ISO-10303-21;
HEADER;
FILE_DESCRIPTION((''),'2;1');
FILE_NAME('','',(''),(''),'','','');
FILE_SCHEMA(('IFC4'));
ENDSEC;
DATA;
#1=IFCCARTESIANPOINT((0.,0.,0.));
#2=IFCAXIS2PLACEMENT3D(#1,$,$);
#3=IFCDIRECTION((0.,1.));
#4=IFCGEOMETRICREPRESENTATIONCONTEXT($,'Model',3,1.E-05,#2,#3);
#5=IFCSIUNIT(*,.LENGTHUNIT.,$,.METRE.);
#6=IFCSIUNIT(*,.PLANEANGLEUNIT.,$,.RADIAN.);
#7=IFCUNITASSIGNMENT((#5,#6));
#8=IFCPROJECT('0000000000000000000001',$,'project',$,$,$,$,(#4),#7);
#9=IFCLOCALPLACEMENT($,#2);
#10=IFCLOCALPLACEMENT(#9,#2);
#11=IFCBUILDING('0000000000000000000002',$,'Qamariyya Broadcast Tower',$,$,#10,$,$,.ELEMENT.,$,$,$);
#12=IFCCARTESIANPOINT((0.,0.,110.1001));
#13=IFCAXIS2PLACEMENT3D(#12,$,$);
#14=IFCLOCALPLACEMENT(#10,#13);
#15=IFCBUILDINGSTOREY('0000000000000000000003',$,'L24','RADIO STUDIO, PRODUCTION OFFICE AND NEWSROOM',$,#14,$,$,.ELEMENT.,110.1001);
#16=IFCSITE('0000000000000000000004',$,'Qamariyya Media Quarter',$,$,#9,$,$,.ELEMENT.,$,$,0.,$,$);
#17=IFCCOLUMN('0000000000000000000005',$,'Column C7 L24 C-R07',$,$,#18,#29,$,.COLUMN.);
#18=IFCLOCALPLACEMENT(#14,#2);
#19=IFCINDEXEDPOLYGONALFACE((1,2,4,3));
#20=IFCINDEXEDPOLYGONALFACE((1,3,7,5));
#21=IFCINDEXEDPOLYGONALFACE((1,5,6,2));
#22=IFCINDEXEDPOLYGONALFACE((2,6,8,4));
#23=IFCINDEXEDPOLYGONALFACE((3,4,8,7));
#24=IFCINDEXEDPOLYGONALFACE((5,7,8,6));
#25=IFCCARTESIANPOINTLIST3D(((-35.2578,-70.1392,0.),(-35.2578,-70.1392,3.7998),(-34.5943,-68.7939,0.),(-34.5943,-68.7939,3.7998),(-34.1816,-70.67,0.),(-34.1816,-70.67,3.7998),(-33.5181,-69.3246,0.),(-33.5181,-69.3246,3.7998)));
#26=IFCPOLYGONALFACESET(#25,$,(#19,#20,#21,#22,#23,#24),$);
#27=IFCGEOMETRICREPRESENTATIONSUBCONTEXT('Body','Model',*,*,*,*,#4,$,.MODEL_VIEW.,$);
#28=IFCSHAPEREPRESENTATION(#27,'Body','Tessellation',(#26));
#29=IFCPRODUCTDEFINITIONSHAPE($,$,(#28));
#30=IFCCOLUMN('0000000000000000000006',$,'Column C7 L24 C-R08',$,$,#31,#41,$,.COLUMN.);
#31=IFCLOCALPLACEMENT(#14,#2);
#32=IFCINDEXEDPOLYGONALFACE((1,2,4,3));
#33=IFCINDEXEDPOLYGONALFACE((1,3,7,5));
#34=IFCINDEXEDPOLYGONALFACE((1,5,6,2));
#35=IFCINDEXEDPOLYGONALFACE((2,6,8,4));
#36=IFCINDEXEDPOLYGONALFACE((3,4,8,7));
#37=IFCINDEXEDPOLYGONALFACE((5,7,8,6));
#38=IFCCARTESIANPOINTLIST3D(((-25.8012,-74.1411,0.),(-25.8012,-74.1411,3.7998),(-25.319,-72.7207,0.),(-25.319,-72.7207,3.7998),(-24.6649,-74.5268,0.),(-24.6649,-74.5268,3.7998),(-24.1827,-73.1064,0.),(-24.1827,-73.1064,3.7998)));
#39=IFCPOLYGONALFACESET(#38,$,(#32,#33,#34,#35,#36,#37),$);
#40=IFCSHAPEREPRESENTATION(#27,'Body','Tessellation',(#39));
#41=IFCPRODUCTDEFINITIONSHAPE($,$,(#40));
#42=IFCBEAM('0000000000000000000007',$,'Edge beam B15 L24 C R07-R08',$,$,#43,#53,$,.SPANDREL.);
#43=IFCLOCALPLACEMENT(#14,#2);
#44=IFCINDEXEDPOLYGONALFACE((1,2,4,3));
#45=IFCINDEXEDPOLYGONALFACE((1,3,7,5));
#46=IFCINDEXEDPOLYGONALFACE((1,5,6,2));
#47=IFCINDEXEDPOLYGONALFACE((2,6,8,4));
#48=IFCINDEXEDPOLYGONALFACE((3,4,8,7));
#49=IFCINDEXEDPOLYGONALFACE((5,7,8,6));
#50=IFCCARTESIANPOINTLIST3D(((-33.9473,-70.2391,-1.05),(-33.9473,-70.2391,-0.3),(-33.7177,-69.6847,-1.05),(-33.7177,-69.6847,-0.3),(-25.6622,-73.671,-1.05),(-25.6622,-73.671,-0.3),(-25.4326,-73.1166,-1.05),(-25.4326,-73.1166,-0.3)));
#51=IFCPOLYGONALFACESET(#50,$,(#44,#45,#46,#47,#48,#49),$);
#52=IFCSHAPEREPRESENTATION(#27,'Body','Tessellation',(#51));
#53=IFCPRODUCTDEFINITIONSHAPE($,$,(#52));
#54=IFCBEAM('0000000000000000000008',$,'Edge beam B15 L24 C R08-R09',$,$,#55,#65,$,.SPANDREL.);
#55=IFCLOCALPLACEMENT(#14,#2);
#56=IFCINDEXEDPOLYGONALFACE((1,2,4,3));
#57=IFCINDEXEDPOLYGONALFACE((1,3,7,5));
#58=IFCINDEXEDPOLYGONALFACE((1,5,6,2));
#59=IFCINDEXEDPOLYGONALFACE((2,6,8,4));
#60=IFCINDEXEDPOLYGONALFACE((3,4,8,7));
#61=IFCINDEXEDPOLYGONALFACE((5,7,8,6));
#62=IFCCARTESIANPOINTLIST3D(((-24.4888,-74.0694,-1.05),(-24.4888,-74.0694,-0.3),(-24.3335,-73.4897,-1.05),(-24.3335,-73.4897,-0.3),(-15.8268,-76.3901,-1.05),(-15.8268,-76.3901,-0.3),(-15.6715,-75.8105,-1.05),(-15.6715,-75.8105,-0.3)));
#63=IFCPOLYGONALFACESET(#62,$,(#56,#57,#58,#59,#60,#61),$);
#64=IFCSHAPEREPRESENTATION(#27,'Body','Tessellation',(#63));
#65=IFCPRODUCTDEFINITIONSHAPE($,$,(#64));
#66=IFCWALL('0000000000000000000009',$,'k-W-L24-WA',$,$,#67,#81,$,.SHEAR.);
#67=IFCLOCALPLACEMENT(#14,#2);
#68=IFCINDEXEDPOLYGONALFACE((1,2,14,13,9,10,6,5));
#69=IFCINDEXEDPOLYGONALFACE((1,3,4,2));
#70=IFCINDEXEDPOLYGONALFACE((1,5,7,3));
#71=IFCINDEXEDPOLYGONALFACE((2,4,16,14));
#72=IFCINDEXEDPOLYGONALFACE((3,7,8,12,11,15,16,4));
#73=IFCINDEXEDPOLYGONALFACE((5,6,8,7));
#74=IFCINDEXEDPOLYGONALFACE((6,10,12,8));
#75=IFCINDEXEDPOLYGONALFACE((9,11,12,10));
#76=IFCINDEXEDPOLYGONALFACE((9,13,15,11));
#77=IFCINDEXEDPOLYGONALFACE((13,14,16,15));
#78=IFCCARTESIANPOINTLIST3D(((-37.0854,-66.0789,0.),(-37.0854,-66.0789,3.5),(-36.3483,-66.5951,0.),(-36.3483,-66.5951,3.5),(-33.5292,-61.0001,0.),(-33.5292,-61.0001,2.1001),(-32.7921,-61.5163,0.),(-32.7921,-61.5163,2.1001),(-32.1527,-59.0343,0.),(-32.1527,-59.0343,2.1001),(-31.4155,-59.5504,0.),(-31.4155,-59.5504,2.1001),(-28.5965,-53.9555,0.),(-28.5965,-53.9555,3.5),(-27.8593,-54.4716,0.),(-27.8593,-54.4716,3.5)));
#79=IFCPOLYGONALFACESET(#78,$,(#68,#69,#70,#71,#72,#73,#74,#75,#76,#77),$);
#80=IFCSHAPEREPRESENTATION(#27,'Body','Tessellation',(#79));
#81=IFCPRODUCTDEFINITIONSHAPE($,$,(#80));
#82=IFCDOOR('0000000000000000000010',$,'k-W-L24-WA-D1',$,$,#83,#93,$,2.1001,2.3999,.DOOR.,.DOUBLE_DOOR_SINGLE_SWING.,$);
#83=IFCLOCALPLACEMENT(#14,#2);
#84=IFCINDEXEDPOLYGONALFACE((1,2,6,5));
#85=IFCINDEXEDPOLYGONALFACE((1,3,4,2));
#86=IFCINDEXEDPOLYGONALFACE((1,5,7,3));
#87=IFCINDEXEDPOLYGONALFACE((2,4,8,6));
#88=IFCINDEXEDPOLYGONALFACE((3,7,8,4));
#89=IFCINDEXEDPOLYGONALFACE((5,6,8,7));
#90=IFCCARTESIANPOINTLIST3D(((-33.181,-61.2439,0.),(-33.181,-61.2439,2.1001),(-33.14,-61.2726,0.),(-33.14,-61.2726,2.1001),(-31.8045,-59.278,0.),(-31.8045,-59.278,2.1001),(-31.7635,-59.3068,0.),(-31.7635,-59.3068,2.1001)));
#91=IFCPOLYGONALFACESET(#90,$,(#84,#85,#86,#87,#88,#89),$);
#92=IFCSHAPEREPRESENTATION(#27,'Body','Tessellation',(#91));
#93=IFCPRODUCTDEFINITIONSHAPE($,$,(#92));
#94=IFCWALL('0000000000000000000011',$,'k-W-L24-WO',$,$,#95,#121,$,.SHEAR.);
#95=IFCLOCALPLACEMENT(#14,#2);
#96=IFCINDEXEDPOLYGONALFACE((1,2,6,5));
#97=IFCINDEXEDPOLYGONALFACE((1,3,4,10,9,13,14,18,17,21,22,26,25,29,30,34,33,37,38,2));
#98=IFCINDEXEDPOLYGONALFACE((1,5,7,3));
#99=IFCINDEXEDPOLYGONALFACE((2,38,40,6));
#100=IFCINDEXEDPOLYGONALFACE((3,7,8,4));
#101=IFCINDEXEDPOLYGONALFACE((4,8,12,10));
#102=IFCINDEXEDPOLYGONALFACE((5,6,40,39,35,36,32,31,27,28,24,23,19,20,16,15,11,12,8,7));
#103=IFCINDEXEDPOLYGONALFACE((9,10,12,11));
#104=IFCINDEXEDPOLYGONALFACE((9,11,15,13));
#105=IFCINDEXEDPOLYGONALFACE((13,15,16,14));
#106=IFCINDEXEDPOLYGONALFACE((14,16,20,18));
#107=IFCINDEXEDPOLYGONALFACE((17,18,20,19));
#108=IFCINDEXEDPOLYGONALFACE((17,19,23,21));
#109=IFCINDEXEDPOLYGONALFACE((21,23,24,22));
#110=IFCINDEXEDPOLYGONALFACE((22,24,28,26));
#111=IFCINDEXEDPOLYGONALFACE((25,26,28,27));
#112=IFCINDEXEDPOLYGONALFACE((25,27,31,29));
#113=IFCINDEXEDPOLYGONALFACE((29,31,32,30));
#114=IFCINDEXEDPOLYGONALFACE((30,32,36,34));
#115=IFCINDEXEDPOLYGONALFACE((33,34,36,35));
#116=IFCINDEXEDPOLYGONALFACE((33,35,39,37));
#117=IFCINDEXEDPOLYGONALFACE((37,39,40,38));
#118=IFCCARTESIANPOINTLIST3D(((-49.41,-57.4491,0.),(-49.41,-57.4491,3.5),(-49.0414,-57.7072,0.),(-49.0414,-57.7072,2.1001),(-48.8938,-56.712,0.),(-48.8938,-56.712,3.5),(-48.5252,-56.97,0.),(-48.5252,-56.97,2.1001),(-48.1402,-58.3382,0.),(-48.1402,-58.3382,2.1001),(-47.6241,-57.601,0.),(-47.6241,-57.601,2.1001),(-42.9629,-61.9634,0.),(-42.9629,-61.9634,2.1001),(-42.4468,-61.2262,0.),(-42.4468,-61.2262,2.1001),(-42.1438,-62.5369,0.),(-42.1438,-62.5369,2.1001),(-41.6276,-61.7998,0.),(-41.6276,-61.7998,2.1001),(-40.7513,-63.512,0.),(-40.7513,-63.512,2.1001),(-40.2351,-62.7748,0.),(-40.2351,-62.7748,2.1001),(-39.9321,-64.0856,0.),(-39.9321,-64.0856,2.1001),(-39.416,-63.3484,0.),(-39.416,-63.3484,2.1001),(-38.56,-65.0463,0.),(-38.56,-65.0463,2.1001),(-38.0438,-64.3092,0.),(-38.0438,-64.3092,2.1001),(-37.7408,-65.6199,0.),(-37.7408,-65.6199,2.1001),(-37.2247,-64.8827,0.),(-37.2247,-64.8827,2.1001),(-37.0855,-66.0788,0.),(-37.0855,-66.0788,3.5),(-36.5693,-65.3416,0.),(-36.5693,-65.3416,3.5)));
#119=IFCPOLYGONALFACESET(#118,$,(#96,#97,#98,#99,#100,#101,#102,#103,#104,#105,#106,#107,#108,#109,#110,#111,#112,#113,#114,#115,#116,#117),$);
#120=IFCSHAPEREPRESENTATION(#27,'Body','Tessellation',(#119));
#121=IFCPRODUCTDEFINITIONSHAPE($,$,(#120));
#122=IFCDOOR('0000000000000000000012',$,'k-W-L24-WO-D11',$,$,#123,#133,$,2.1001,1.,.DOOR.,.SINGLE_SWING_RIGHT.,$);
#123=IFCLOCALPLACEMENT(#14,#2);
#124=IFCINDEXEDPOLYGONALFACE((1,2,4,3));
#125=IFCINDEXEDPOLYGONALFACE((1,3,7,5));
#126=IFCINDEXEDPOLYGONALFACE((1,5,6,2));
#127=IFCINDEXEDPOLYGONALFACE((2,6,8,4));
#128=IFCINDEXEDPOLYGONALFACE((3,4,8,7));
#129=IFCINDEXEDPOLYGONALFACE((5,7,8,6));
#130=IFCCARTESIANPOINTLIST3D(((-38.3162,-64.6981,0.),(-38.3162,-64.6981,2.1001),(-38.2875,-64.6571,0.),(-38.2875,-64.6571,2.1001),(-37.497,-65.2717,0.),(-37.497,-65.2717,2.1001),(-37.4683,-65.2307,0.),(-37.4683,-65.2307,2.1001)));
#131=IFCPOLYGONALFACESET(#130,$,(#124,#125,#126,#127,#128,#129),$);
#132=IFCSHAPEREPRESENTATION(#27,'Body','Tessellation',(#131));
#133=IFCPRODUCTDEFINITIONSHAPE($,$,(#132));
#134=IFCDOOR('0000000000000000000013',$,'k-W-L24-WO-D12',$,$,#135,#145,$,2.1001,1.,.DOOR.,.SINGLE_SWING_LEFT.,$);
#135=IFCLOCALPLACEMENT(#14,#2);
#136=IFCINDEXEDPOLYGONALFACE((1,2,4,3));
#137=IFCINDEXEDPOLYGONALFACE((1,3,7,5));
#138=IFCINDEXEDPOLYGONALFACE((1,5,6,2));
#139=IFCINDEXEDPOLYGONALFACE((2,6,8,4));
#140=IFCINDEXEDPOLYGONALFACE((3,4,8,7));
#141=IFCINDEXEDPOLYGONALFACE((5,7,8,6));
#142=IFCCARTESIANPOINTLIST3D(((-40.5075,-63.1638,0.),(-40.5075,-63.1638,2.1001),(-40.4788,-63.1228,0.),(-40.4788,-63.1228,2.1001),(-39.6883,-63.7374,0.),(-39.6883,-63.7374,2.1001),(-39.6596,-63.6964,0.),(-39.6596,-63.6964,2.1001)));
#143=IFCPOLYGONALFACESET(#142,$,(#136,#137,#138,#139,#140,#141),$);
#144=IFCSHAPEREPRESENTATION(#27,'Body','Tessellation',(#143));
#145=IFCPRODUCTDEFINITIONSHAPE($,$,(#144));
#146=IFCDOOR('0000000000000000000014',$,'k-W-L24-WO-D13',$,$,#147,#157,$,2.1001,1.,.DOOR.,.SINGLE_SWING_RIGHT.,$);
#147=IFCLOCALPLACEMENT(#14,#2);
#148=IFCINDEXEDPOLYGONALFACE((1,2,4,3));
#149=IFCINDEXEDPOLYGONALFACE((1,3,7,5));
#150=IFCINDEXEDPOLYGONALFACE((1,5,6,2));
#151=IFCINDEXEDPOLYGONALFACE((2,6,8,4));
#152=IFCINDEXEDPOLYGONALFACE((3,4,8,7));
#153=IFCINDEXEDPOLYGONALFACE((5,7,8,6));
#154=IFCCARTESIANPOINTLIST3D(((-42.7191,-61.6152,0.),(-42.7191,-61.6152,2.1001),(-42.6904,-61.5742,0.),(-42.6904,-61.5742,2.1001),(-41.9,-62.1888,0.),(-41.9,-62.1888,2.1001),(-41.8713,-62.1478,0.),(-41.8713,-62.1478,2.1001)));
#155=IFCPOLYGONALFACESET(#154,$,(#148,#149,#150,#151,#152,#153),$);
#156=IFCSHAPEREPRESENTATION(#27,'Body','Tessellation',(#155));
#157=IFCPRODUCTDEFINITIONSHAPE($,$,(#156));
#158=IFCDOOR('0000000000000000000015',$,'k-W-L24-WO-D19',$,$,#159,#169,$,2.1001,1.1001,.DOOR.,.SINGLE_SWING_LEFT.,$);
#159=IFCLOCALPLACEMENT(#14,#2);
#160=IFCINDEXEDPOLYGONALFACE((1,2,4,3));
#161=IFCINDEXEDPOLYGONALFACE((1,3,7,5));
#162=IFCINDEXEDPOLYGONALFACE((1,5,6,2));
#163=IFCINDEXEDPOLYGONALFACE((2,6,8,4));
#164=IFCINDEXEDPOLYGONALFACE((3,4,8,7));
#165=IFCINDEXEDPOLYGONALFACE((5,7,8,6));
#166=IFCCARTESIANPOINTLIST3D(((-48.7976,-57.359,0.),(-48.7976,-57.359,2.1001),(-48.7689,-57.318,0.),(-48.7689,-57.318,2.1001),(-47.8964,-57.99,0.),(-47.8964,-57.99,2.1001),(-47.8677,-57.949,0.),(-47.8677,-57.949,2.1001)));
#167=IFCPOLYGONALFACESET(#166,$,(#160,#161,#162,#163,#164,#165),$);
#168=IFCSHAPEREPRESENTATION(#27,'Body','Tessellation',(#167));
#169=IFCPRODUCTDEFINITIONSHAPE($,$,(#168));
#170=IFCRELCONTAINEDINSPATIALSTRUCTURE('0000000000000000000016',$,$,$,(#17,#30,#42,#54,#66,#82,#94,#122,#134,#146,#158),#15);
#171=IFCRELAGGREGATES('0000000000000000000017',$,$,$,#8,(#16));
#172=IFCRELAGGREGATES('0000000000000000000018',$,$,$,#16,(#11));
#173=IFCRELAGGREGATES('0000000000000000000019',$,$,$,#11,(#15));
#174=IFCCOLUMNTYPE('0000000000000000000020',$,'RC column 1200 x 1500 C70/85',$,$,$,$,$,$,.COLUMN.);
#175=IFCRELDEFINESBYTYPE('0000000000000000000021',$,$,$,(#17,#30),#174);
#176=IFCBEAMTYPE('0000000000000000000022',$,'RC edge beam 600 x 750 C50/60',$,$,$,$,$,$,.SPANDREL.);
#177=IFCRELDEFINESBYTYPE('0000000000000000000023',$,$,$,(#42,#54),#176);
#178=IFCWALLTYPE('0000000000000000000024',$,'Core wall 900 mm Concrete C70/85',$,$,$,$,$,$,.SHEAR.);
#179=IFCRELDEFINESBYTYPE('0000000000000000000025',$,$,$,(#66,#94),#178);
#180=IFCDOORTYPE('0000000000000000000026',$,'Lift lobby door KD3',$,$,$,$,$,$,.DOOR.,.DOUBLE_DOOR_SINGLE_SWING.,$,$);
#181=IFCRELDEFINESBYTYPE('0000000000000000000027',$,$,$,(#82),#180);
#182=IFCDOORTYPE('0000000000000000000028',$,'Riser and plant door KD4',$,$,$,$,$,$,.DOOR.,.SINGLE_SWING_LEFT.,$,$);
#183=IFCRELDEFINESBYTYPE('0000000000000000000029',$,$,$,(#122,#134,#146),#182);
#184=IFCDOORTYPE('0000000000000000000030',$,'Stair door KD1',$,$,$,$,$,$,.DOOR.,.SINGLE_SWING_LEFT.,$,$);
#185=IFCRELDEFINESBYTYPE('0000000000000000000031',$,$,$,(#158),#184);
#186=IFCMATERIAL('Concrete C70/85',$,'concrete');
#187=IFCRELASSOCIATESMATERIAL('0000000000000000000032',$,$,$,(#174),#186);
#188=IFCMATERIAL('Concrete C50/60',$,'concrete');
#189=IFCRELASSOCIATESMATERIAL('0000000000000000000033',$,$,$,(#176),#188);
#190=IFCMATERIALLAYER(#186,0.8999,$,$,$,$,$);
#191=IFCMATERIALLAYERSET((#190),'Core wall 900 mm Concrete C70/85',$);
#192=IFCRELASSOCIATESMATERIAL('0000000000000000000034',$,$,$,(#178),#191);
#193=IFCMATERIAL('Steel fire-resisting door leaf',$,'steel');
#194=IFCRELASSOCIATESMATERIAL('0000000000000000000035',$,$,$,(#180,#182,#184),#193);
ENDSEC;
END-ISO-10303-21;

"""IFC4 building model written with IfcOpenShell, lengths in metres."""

from ifc_helpers import new_model, si_unit, direction, frame, frame_2d, origin, origin_2d, place, context, subcontext, project, spatial, rectangle, extrude, material, layer, layer_set, material_profile, profile_set, type_object, element, fill, save


model = new_model("IFC4")

# Units and contexts
model_context = context("Model", 3, precision=1e-05, world=origin(), true_north=direction((0.0, 1.0)))
body_context = subcontext(model_context, "Body", "Model", "MODEL_VIEW")
ifc_project = project(units=[si_unit("LENGTHUNIT", "METRE"), si_unit("PLANEANGLEUNIT", "RADIAN")], contexts=[model_context])

# Site, building, storey
site_placement = place(None, origin())
site = spatial("IfcSite", under=ifc_project, at=site_placement, Name="Qamariyya Media Quarter", CompositionType="ELEMENT", RefElevation=0.0)
building_placement = place(site_placement, origin())
building = spatial("IfcBuilding", under=site, at=building_placement, Name="Qamariyya Broadcast Tower", CompositionType="ELEMENT")
storey_placement = place(building_placement, frame((0.0, 0.0, 110.1001)))
storey = spatial("IfcBuildingStorey", under=building, at=storey_placement, Name="L24", Description="RADIO STUDIO, PRODUCTION OFFICE AND NEWSROOM", CompositionType="ELEMENT", Elevation=110.1001)

# Columns
ifc_material_1 = material(Name="Concrete C70/85", Category="concrete")
ifc_material_profile_1 = material_profile(ifc_material_1, rectangle(XDim=1.2, YDim=1.5, at=origin_2d()))
ifc_profile_set_1 = profile_set([ifc_material_profile_1], Name="Concrete C70/85")
column_type = type_object("IfcColumnType", Name="RC column 1200 x 1500 C70/85", PredefinedType="COLUMN", material=ifc_profile_set_1)
for number, where, z_axis, x_axis, name in (
    (1, (-34.3879, -69.7319, 0.0), (0.0, 0.0, 1.0), (0.896873, -0.442289, 0.0), "Column C7 L24 C-R07"),
    (2, (-24.9919, -73.6238, 0.0), (0.0, 0.0, 1.0), (0.94693, -0.321439, 0.0), "Column C7 L24 C-R08"),
):
    element("IfcColumn", number, at=place(storey_placement, frame(where, z_axis=z_axis, x_axis=x_axis)), inside=storey, type_object=column_type, Name=name, PredefinedType="COLUMN", context=body_context, shape_type="SweptSolid", body=[
        extrude(rectangle(XDim=1.2, YDim=1.5, at=origin_2d()), origin(), (0.0, 0.0, 1.0), 3.7998),
    ])

# Beams
ifc_material_2 = material(Name="Concrete C50/60", Category="concrete")
ifc_material_profile_2 = material_profile(ifc_material_2, rectangle(XDim=0.6001, YDim=0.75, at=origin_2d()))
ifc_profile_set_2 = profile_set([ifc_material_profile_2], Name="Concrete C50/60")
beam_type = type_object("IfcBeamType", Name="RC edge beam 600 x 750 C50/60", PredefinedType="SPANDREL", material=ifc_profile_set_2)
beam_1_placement = place(storey_placement, frame((-33.8325, -69.9619, -0.675), z_axis=(0.923877, -0.382689, 0.0), x_axis=(0.382689, 0.923877, 0.0)))
element("IfcBeam", 3, at=beam_1_placement, inside=storey, type_object=beam_type, Name="Edge beam B15 L24 C R07-R08", PredefinedType="SPANDREL", context=body_context, shape_type="SweptSolid", body=[
    extrude(rectangle(XDim=0.6001, YDim=0.75, at=origin_2d()), origin(), (0.0, 0.0, 1.0), 8.9678),
])
beam_2_placement = place(storey_placement, frame((-24.4111, -73.7795, -0.675), z_axis=(0.965932, -0.258798, 0.0), x_axis=(0.258798, 0.965932, 0.0)))
element("IfcBeam", 4, at=beam_2_placement, inside=storey, type_object=beam_type, Name="Edge beam B15 L24 C R08-R09", PredefinedType="SPANDREL", context=body_context, shape_type="SweptSolid", body=[
    extrude(rectangle(XDim=0.6001, YDim=0.75, at=origin_2d()), origin(), (0.0, 0.0, 1.0), 8.9675),
])

# Wall, opening, door
ifc_layer_1 = layer(ifc_material_1, 0.8999)
ifc_layer_set_1 = layer_set([ifc_layer_1], Name="Core wall 900 mm Concrete C70/85")
wall_type_1 = type_object("IfcWallType", Name="Core wall 900 mm Concrete C70/85", PredefinedType="SHEAR", material=ifc_layer_set_1)
wall_1_placement = place(storey_placement, frame((-36.7168, -66.3369, 0.0), z_axis=(0.0, 0.0, 1.0), x_axis=(0.573577, 0.819151, 0.0)))
wall_1 = element("IfcWall", 5, at=wall_1_placement, inside=storey, type_object=wall_type_1, Name="k-W-L24-WA", PredefinedType="SHEAR", context=body_context, shape_type="SweptSolid", body=[
    extrude(rectangle(XDim=14.8, YDim=0.8999, at=frame_2d((7.3999, 0.0))), origin(), (0.0, 0.0, 1.0), 3.5),
])
opening_1_placement = place(wall_1_placement, frame((6.2, 0.0, 0.0)))
opening_1 = element("IfcOpeningElement", 6, at=opening_1_placement, cuts=wall_1, PredefinedType="OPENING", context=body_context, shape_type="SweptSolid", body=[
    extrude(rectangle(XDim=2.3999, YDim=2.1001, at=frame_2d((1.2, 1.05))), frame((0.0, 0.46, 0.0), z_axis=(0.0, -1.0, 0.0), x_axis=(1.0, 0.0, 0.0)), (0.0, 0.0, 1.0), 0.9199),
])
ifc_material_3 = material(Name="Steel fire-resisting door leaf", Category="steel")
door_type_1 = type_object("IfcDoorType", Name="Lift lobby door KD3", OperationType="DOUBLE_DOOR_SINGLE_SWING", PredefinedType="DOOR", material=ifc_material_3)
door_1_placement = place(opening_1_placement, origin())
door_1 = element("IfcDoor", 7, at=door_1_placement, inside=storey, type_object=door_type_1, Name="k-W-L24-WA-D1", OperationType="DOUBLE_DOOR_SINGLE_SWING", OverallHeight=2.1001, OverallWidth=2.3999, PredefinedType="DOOR", context=body_context, shape_type="SweptSolid", body=[
    extrude(rectangle(XDim=2.3999, YDim=2.1001, at=frame_2d((1.2, 1.05))), frame((0.0, 0.0249, 0.0), z_axis=(0.0, -1.0, 0.0), x_axis=(1.0, 0.0, 0.0)), (0.0, 0.0, 1.0), 0.05),
])
fill(opening_1, door_1)

# Wall, openings, doors
wall_2_placement = place(storey_placement, frame((-36.8274, -65.7102, 0.0), z_axis=(0.0, 0.0, 1.0), x_axis=(-0.819153, 0.573575, 0.0)))
wall_2 = element("IfcWall", 8, at=wall_2_placement, inside=storey, type_object=wall_type_1, Name="k-W-L24-WO", PredefinedType="SHEAR", context=body_context, shape_type="SweptSolid", body=[
    extrude(rectangle(XDim=15.0454, YDim=0.8999, at=frame_2d((7.5227, 0.0))), origin(), (0.0, 0.0, 1.0), 3.5),
])
opening_2_placement = place(wall_2_placement, frame((0.8, 0.0, 0.0)))
opening_2 = element("IfcOpeningElement", 9, at=opening_2_placement, cuts=wall_2, PredefinedType="OPENING", context=body_context, shape_type="SweptSolid", body=[
    extrude(rectangle(XDim=1.0, YDim=2.1001, at=frame_2d((0.5, 1.05))), frame((0.0, 0.46, 0.0), z_axis=(0.0, -1.0, 0.0), x_axis=(1.0, 0.0, 0.0)), (0.0, 0.0, 1.0), 0.9199),
])
opening_3_placement = place(wall_2_placement, frame((3.4751, 0.0, 0.0)))
opening_3 = element("IfcOpeningElement", 10, at=opening_3_placement, cuts=wall_2, PredefinedType="OPENING", context=body_context, shape_type="SweptSolid", body=[
    extrude(rectangle(XDim=1.0, YDim=2.1001, at=frame_2d((0.5, 1.05))), frame((0.0, 0.46, 0.0), z_axis=(0.0, -1.0, 0.0), x_axis=(1.0, 0.0, 0.0)), (0.0, 0.0, 1.0), 0.9199),
])
opening_4_placement = place(wall_2_placement, frame((6.175, 0.0, 0.0)))
opening_4 = element("IfcOpeningElement", 11, at=opening_4_placement, cuts=wall_2, PredefinedType="OPENING", context=body_context, shape_type="SweptSolid", body=[
    extrude(rectangle(XDim=1.0, YDim=2.1001, at=frame_2d((0.5, 1.05))), frame((0.0, 0.46, 0.0), z_axis=(0.0, -1.0, 0.0), x_axis=(1.0, 0.0, 0.0)), (0.0, 0.0, 1.0), 0.9199),
])
opening_5_placement = place(wall_2_placement, frame((13.4954, 0.0, 0.0)))
opening_5 = element("IfcOpeningElement", 12, at=opening_5_placement, cuts=wall_2, PredefinedType="OPENING", context=body_context, shape_type="SweptSolid", body=[
    extrude(rectangle(XDim=1.1001, YDim=2.1001, at=frame_2d((0.55, 1.05))), frame((0.0, 0.46, 0.0), z_axis=(0.0, -1.0, 0.0), x_axis=(1.0, 0.0, 0.0)), (0.0, 0.0, 1.0), 0.9199),
])
door_type_2 = type_object("IfcDoorType", Name="Riser and plant door KD4", OperationType="SINGLE_SWING_LEFT", PredefinedType="DOOR", material=ifc_material_3)
door_2_placement = place(opening_2_placement, origin())
door_2 = element("IfcDoor", 13, at=door_2_placement, inside=storey, type_object=door_type_2, Name="k-W-L24-WO-D11", OperationType="SINGLE_SWING_RIGHT", OverallHeight=2.1001, OverallWidth=1.0, PredefinedType="DOOR", context=body_context, shape_type="SweptSolid", body=[
    extrude(rectangle(XDim=1.0, YDim=2.1001, at=frame_2d((0.5, 1.05))), frame((0.0, 0.0249, 0.0), z_axis=(0.0, -1.0, 0.0), x_axis=(1.0, 0.0, 0.0)), (0.0, 0.0, 1.0), 0.05),
])
fill(opening_2, door_2)
door_3_placement = place(opening_3_placement, origin())
door_3 = element("IfcDoor", 14, at=door_3_placement, inside=storey, type_object=door_type_2, Name="k-W-L24-WO-D12", OperationType="SINGLE_SWING_LEFT", OverallHeight=2.1001, OverallWidth=1.0, PredefinedType="DOOR", context=body_context, shape_type="SweptSolid", body=[
    extrude(rectangle(XDim=1.0, YDim=2.1001, at=frame_2d((0.5, 1.05))), frame((0.0, 0.0249, 0.0), z_axis=(0.0, -1.0, 0.0), x_axis=(1.0, 0.0, 0.0)), (0.0, 0.0, 1.0), 0.05),
])
fill(opening_3, door_3)
door_4_placement = place(opening_4_placement, origin())
door_4 = element("IfcDoor", 15, at=door_4_placement, inside=storey, type_object=door_type_2, Name="k-W-L24-WO-D13", OperationType="SINGLE_SWING_RIGHT", OverallHeight=2.1001, OverallWidth=1.0, PredefinedType="DOOR", context=body_context, shape_type="SweptSolid", body=[
    extrude(rectangle(XDim=1.0, YDim=2.1001, at=frame_2d((0.5, 1.05))), frame((0.0, 0.0249, 0.0), z_axis=(0.0, -1.0, 0.0), x_axis=(1.0, 0.0, 0.0)), (0.0, 0.0, 1.0), 0.05),
])
fill(opening_4, door_4)
door_type_3 = type_object("IfcDoorType", Name="Stair door KD1", OperationType="SINGLE_SWING_LEFT", PredefinedType="DOOR", material=ifc_material_3)
door_5_placement = place(opening_5_placement, origin())
door_5 = element("IfcDoor", 16, at=door_5_placement, inside=storey, type_object=door_type_3, Name="k-W-L24-WO-D19", OperationType="SINGLE_SWING_LEFT", OverallHeight=2.1001, OverallWidth=1.1001, PredefinedType="DOOR", context=body_context, shape_type="SweptSolid", body=[
    extrude(rectangle(XDim=1.1001, YDim=2.1001, at=frame_2d((0.55, 1.05))), frame((0.0, 0.0249, 0.0), z_axis=(0.0, -1.0, 0.0), x_axis=(1.0, 0.0, 0.0)), (0.0, 0.0, 1.0), 0.05),
])
fill(opening_5, door_5)

save(model, "model.ifc")
